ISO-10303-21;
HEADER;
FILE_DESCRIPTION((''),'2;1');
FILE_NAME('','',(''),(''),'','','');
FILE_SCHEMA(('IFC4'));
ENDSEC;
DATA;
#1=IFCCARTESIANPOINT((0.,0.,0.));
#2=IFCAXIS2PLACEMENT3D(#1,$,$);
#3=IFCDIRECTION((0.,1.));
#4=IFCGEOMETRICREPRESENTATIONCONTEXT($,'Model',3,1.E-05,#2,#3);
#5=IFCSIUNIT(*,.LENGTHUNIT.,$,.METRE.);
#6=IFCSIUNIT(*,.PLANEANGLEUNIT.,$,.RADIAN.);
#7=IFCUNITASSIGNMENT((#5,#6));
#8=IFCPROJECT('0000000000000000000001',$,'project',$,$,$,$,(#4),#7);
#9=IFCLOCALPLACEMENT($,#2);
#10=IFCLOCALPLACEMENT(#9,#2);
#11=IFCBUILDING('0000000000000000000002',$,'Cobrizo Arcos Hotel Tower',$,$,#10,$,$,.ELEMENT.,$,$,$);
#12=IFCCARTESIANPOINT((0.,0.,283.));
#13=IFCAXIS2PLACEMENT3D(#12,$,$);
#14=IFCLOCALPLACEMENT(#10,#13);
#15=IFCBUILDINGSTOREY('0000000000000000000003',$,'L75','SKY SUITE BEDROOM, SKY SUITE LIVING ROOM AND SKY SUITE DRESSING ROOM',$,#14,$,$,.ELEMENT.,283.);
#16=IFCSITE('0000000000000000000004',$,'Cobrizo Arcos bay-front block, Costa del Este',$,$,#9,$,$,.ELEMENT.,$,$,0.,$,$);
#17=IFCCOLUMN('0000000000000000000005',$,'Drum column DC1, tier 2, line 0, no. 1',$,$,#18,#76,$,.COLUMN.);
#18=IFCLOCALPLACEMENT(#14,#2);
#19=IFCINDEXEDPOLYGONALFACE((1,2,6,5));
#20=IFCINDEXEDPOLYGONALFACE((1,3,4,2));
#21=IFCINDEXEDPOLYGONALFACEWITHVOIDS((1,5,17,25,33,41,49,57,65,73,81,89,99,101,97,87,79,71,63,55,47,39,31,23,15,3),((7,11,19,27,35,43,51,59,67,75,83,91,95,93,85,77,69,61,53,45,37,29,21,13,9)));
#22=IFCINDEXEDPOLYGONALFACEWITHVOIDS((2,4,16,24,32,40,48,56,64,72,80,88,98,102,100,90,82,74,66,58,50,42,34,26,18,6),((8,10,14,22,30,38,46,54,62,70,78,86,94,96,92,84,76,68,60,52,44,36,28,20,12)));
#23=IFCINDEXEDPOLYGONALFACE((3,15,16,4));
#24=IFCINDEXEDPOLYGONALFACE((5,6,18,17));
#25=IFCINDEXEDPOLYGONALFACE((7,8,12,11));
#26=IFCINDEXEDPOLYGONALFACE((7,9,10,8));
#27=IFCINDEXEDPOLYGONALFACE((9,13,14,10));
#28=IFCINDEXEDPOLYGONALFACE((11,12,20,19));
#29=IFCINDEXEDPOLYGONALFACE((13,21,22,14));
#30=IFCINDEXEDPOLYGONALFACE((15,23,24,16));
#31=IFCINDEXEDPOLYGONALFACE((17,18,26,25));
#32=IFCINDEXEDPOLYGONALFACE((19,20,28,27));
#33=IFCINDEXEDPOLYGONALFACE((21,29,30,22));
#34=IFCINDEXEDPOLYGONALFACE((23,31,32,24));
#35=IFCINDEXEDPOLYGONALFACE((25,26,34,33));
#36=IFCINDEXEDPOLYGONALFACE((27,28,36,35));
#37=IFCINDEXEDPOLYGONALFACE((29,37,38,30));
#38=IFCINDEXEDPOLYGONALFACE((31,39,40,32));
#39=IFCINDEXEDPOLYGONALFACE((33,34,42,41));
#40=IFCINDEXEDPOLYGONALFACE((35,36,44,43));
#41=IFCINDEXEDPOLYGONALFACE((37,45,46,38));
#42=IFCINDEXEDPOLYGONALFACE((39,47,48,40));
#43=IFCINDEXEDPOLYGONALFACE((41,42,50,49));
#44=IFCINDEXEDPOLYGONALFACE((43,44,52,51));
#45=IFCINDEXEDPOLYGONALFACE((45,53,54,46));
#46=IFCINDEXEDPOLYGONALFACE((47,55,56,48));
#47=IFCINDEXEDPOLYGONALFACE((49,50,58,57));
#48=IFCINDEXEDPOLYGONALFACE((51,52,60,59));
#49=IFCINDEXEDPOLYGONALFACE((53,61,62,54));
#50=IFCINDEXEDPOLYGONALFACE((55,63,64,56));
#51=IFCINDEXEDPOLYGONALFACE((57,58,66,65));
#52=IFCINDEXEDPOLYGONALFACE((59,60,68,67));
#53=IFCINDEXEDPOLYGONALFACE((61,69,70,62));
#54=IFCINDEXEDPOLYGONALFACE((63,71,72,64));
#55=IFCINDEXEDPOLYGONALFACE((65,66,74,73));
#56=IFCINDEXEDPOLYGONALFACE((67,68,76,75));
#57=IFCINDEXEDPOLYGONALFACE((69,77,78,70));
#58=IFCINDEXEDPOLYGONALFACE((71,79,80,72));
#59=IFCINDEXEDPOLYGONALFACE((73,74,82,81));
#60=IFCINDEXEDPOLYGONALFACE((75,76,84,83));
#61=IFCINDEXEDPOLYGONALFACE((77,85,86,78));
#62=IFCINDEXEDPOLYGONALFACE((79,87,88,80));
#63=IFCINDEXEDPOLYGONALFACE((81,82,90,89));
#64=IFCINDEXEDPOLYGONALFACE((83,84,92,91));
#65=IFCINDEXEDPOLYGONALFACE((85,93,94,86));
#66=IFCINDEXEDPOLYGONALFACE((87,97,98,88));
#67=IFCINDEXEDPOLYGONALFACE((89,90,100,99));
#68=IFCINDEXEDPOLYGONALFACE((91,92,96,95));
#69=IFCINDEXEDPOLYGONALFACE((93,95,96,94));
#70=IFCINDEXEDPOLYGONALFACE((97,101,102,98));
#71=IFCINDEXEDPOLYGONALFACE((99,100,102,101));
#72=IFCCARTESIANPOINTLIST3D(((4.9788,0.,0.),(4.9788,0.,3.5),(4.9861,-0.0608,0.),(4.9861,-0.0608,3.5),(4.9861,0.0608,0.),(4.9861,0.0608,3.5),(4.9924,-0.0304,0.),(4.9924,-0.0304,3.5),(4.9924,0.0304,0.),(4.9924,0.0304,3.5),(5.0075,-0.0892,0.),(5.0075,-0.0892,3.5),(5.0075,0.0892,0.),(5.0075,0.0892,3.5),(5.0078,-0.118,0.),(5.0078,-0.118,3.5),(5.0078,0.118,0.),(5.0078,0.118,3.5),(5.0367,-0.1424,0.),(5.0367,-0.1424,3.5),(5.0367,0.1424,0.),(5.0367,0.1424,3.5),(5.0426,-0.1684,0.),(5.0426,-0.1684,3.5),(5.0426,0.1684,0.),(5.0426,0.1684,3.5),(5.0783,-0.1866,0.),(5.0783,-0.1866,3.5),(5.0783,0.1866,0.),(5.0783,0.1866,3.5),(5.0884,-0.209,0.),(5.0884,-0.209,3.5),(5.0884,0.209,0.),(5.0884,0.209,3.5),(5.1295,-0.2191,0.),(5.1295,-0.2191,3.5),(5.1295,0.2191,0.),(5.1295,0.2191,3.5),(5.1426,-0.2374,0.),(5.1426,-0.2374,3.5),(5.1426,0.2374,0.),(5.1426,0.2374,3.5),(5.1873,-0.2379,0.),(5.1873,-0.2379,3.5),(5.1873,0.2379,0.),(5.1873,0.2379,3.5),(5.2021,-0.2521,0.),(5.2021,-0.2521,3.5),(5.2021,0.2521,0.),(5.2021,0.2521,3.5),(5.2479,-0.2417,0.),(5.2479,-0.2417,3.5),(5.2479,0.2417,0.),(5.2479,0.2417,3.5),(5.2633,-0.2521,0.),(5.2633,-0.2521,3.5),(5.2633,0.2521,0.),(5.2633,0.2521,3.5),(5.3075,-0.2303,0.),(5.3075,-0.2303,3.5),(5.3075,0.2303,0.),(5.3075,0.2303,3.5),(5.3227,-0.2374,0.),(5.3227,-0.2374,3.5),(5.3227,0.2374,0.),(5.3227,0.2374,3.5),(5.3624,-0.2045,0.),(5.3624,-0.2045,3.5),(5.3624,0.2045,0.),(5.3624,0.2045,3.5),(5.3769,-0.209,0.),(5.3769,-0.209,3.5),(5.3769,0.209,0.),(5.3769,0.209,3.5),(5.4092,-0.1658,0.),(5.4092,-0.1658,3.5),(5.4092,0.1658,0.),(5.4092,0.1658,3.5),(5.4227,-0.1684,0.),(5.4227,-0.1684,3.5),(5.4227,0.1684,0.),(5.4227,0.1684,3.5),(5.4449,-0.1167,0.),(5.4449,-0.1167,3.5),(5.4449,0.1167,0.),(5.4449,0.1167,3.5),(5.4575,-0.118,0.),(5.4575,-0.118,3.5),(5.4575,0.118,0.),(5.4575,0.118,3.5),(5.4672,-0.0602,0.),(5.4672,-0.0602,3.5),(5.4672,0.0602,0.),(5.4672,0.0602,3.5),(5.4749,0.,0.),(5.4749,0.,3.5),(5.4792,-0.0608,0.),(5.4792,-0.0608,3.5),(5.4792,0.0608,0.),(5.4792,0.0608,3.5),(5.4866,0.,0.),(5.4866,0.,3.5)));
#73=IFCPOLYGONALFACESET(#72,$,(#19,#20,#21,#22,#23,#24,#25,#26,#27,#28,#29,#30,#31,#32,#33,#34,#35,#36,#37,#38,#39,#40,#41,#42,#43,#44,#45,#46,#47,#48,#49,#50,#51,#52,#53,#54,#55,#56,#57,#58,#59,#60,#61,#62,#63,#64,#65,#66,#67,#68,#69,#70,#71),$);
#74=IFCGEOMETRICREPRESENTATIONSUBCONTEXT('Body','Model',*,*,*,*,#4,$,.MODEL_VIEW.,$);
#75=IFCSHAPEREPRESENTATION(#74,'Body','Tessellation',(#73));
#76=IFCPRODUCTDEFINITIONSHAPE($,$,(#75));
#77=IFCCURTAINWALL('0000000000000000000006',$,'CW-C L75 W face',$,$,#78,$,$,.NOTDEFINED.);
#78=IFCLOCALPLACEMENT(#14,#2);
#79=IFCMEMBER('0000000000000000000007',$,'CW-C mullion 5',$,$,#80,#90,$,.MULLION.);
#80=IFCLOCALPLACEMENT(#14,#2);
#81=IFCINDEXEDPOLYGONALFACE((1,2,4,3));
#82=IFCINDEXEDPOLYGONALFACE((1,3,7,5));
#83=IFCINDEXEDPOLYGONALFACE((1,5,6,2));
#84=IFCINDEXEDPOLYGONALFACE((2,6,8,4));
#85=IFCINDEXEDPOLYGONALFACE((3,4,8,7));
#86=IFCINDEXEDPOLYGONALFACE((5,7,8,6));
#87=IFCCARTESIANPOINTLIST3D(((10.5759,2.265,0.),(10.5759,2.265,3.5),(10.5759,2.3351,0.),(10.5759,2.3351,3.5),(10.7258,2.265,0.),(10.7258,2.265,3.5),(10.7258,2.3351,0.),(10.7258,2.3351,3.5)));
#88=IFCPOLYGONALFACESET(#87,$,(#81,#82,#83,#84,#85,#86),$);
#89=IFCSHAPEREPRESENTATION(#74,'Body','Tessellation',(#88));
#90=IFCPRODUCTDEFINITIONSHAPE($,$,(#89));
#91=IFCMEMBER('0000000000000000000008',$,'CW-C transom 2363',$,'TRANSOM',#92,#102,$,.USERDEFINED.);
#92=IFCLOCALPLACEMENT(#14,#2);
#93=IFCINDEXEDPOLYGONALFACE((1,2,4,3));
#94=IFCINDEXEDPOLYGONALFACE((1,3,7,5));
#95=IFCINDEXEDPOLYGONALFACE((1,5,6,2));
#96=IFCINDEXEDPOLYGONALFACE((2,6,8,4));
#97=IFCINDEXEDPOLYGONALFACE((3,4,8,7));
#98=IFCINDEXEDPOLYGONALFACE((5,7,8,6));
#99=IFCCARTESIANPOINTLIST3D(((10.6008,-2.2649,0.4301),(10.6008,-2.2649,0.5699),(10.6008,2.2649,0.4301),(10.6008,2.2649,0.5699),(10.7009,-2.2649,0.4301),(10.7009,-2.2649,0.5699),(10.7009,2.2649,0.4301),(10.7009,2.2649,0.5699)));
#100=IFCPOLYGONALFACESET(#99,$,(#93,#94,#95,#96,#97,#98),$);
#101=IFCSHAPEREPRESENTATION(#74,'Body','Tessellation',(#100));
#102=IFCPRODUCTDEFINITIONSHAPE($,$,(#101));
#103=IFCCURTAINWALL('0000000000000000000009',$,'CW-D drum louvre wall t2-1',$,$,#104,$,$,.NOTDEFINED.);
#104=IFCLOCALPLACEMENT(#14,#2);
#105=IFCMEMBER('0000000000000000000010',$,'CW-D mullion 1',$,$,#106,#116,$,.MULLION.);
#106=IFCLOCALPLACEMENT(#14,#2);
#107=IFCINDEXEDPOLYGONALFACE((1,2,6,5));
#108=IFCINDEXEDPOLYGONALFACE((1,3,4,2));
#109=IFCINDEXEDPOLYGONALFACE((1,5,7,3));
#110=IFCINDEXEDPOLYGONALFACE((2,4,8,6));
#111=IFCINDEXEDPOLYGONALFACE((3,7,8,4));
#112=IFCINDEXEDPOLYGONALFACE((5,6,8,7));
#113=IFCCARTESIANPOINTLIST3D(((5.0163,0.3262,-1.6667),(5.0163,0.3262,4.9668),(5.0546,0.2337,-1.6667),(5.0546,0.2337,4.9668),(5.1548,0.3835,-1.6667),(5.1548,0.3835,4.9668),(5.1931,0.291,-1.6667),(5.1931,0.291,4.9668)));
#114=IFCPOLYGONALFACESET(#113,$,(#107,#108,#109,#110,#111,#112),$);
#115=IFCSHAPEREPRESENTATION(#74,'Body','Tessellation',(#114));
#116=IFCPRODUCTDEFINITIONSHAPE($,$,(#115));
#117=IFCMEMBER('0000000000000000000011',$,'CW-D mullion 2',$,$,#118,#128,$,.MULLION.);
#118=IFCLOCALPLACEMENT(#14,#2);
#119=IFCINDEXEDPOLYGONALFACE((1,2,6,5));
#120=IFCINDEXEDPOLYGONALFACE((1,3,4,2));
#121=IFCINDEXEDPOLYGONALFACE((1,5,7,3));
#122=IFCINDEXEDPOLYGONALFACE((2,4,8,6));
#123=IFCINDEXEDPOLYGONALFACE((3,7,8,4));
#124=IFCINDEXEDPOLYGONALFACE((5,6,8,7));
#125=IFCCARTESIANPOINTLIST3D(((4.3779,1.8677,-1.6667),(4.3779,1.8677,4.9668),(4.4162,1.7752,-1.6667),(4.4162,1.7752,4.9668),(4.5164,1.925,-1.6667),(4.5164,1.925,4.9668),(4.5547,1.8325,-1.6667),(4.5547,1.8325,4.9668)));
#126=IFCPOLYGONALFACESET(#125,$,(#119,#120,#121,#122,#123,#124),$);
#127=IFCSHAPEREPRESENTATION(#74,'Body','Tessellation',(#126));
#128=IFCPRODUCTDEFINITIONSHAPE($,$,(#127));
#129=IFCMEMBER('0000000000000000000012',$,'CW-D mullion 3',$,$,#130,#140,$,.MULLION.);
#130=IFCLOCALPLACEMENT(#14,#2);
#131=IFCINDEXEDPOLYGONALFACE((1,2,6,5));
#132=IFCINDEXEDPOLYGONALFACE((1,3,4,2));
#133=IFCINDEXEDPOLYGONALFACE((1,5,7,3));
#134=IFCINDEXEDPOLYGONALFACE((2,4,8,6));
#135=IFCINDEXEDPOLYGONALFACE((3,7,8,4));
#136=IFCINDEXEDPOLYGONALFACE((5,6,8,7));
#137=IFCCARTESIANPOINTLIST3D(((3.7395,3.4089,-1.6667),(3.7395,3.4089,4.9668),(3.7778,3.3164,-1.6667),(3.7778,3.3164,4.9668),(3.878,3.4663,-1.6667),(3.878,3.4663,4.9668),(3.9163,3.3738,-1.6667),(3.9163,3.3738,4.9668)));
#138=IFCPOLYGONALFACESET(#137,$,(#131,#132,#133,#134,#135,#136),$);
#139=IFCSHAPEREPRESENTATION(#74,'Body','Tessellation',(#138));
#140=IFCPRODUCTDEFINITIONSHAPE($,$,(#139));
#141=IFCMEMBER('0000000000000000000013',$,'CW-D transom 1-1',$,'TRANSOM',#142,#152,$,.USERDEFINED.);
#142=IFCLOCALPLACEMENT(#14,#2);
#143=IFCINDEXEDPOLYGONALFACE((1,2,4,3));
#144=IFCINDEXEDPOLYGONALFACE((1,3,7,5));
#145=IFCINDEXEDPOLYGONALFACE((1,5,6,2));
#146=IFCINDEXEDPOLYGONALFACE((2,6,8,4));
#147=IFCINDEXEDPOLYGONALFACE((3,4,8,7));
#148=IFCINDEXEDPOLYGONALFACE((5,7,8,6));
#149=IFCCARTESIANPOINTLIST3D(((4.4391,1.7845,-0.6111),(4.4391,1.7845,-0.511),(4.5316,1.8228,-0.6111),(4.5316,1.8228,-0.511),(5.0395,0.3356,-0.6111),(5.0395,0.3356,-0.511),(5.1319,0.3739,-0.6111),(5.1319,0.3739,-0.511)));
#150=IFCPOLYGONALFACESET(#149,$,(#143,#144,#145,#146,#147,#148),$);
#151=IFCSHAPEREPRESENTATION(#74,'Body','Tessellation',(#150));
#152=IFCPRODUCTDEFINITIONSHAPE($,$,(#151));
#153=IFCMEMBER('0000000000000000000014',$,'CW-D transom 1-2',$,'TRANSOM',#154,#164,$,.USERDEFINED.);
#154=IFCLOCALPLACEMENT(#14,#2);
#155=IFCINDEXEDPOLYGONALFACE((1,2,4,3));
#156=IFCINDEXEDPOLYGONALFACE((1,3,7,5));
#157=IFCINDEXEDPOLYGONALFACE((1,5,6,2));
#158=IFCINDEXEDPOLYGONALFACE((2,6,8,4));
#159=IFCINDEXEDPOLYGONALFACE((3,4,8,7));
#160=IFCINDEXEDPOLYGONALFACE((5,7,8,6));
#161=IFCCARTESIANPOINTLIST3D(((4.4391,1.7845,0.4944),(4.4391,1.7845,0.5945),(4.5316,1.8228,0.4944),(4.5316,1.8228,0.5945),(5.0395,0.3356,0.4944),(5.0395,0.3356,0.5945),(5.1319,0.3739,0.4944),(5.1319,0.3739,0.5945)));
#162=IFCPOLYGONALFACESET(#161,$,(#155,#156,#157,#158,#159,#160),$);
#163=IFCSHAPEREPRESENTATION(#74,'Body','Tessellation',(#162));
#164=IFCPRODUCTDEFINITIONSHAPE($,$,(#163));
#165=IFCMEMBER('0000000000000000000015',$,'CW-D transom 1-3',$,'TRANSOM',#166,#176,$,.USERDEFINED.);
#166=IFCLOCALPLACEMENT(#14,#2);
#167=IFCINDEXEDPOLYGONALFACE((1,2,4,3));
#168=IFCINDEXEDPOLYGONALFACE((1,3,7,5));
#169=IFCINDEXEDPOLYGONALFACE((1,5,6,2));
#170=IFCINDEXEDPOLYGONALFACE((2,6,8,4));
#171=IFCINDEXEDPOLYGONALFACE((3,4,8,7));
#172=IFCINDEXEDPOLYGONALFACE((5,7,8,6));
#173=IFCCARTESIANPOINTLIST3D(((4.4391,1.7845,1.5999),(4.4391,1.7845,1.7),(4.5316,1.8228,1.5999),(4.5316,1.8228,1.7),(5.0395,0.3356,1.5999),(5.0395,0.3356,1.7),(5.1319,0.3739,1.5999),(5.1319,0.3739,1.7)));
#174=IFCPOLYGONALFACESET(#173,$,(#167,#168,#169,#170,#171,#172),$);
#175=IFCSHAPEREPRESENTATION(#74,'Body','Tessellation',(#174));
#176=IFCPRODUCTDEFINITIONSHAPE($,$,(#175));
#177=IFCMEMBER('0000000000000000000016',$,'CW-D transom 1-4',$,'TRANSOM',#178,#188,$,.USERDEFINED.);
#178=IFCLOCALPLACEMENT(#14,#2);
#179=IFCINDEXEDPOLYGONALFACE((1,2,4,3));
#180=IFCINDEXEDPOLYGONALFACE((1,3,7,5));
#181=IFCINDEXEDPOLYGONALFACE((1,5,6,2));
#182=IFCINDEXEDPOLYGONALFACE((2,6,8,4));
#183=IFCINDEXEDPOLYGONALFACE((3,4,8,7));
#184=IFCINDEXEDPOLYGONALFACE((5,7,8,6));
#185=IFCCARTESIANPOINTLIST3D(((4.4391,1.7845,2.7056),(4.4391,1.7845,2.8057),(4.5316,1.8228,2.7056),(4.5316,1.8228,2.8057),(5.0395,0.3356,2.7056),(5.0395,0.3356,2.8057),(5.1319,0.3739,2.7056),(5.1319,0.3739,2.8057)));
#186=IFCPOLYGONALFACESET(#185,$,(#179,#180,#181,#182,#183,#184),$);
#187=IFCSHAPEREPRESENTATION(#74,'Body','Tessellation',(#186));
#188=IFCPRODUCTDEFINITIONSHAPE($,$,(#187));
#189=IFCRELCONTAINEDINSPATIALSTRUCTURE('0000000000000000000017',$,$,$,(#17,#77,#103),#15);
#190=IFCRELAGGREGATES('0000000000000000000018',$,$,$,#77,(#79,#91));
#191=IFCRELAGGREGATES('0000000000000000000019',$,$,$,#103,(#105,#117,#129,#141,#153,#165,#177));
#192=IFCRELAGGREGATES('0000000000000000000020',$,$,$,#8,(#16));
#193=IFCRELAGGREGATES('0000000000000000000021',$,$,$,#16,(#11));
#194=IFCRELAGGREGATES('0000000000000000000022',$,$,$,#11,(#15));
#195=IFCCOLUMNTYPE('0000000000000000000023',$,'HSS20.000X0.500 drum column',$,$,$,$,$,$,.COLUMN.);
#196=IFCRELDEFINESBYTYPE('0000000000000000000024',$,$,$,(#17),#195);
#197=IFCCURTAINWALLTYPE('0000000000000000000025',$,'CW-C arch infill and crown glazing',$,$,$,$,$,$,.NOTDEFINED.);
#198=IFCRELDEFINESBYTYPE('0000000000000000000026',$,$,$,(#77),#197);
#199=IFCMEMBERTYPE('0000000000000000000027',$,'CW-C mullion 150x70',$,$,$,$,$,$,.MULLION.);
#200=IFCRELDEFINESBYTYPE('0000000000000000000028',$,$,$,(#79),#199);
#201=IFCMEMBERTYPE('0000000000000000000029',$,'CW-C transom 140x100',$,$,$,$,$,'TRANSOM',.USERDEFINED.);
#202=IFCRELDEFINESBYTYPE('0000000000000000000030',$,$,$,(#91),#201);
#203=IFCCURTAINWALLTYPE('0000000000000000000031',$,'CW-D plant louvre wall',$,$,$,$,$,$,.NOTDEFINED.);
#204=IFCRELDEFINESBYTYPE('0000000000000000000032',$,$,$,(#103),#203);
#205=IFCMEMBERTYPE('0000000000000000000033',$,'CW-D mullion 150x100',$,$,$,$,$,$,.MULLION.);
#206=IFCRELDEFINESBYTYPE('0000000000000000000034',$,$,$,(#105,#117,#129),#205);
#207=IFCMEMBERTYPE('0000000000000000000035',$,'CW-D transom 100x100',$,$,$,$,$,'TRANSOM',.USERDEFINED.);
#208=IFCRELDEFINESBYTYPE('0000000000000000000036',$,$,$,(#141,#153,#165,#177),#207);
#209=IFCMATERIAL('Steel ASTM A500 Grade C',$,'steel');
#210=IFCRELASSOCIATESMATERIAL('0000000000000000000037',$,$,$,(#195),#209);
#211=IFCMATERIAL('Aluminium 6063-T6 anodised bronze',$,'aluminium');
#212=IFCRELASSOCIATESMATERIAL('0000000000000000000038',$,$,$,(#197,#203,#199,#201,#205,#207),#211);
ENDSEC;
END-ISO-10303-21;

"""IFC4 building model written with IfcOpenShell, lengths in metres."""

from ifc_helpers import new_model, si_unit, direction, frame, origin, origin_2d, place, context, subcontext, project, spatial, rectangle, hollow_circle, extrude, material, material_profile, profile_set, type_object, element, aggregate, save


model = new_model("IFC4")

# Units and contexts
model_context = context("Model", 3, precision=1e-05, world=origin(), true_north=direction((0.0, 1.0)))
body_context = subcontext(model_context, "Body", "Model", "MODEL_VIEW")
ifc_project = project(units=[si_unit("LENGTHUNIT", "METRE"), si_unit("PLANEANGLEUNIT", "RADIAN")], contexts=[model_context])

# Site, building, storey
site_placement = place(None, origin())
site = spatial("IfcSite", under=ifc_project, at=site_placement, Name="Cobrizo Arcos bay-front block, Costa del Este", CompositionType="ELEMENT", RefElevation=0.0)
building_placement = place(site_placement, origin())
building = spatial("IfcBuilding", under=site, at=building_placement, Name="Cobrizo Arcos Hotel Tower", CompositionType="ELEMENT")
storey_placement = place(building_placement, frame((0.0, 0.0, 283.0)))
storey = spatial("IfcBuildingStorey", under=building, at=storey_placement, Name="L75", Description="SKY SUITE BEDROOM, SKY SUITE LIVING ROOM AND SKY SUITE DRESSING ROOM", CompositionType="ELEMENT", Elevation=283.0)

# Column
ifc_material_1 = material(Name="Steel ASTM A500 Grade C", Category="steel")
ifc_material_profile_1 = material_profile(ifc_material_1, hollow_circle(Radius=0.2539, WallThickness=0.0117, at=origin_2d()), Name="HSS20.000X0.500")
ifc_profile_set_1 = profile_set([ifc_material_profile_1], Name="Steel ASTM A500 Grade C")
column_type = type_object("IfcColumnType", Name="HSS20.000X0.500 drum column", PredefinedType="COLUMN", material=ifc_profile_set_1)
column_placement = place(storey_placement, frame((5.2327, 0.0, 0.0), z_axis=(0.0, 0.0, 1.0), x_axis=(1.0, 0.0, 0.0)))
element("IfcColumn", 1, at=column_placement, inside=storey, type_object=column_type, Name="Drum column DC1, tier 2, line 0, no. 1", PredefinedType="COLUMN", context=body_context, shape_type="SweptSolid", body=[
    extrude(hollow_circle(Radius=0.2539, WallThickness=0.0117, at=origin_2d()), origin(), (0.0, 0.0, 1.0), 3.5),
])

# Curtain walls, members
ifc_material_2 = material(Name="Aluminium 6063-T6 anodised bronze", Category="aluminium")
curtain_wall_type_1 = type_object("IfcCurtainWallType", Name="CW-C arch infill and crown glazing", PredefinedType="NOTDEFINED", material=ifc_material_2)
curtain_wall_1_placement = place(storey_placement, origin())
curtain_wall_1 = element("IfcCurtainWall", 2, at=curtain_wall_1_placement, inside=storey, type_object=curtain_wall_type_1, Name="CW-C L75 W face", PredefinedType="NOTDEFINED")
ifc_material_profile_2 = material_profile(ifc_material_2, rectangle(XDim=0.1499, YDim=0.0701, at=origin_2d()), Name="CW-C mullion 150x70")
ifc_profile_set_2 = profile_set([ifc_material_profile_2], Name="Aluminium 6063-T6 anodised bronze")
member_type_1 = type_object("IfcMemberType", Name="CW-C mullion 150x70", PredefinedType="MULLION", material=ifc_profile_set_2)
member_1_placement = place(storey_placement, frame((10.6509, 2.3, 0.0), z_axis=(0.0, 0.0, 1.0), x_axis=(-1.0, 0.0, 0.0)))
member_1 = element("IfcMember", 3, at=member_1_placement, type_object=member_type_1, Name="CW-C mullion 5", PredefinedType="MULLION", context=body_context, shape_type="SweptSolid", body=[
    extrude(rectangle(XDim=0.1499, YDim=0.0701, at=origin_2d()), origin(), (0.0, 0.0, 1.0), 3.5),
])
ifc_material_profile_3 = material_profile(ifc_material_2, rectangle(XDim=0.1001, YDim=0.1399, at=origin_2d()), Name="CW-C transom 140x100")
ifc_profile_set_3 = profile_set([ifc_material_profile_3], Name="Aluminium 6063-T6 anodised bronze")
member_type_2 = type_object("IfcMemberType", Name="CW-C transom 140x100", ElementType="TRANSOM", PredefinedType="USERDEFINED", material=ifc_profile_set_3)
member_2_placement = place(storey_placement, frame((10.6509, 2.2649, 0.5), z_axis=(0.0, -1.0, 0.0), x_axis=(1.0, 0.0, 0.0)))
member_2 = element("IfcMember", 4, at=member_2_placement, type_object=member_type_2, Name="CW-C transom 2363", ObjectType="TRANSOM", PredefinedType="USERDEFINED", context=body_context, shape_type="SweptSolid", body=[
    extrude(rectangle(XDim=0.1001, YDim=0.1399, at=origin_2d()), origin(), (0.0, 0.0, 1.0), 4.5298),
])
curtain_wall_type_2 = type_object("IfcCurtainWallType", Name="CW-D plant louvre wall", PredefinedType="NOTDEFINED", material=ifc_material_2)
curtain_wall_2_placement = place(storey_placement, origin())
curtain_wall_2 = element("IfcCurtainWall", 5, at=curtain_wall_2_placement, inside=storey, type_object=curtain_wall_type_2, Name="CW-D drum louvre wall t2-1", PredefinedType="NOTDEFINED")
ifc_material_profile_4 = material_profile(ifc_material_2, rectangle(XDim=0.1499, YDim=0.1001, at=origin_2d()), Name="CW-D mullion 150x100")
ifc_profile_set_4 = profile_set([ifc_material_profile_4], Name="Aluminium 6063-T6 anodised bronze")
member_type_3 = type_object("IfcMemberType", Name="CW-D mullion 150x100", PredefinedType="MULLION", material=ifc_profile_set_4)
member_3_placement = place(storey_placement, frame((5.1047, 0.3086, -1.6667), z_axis=(0.0, 0.0, 1.0), x_axis=(0.92388, 0.382683, 0.0)))
member_3 = element("IfcMember", 6, at=member_3_placement, type_object=member_type_3, Name="CW-D mullion 1", PredefinedType="MULLION", context=body_context, shape_type="SweptSolid", body=[
    extrude(rectangle(XDim=0.1499, YDim=0.1001, at=origin_2d()), origin(), (0.0, 0.0, 1.0), 6.6335),
])
member_4_placement = place(storey_placement, frame((4.4663, 1.8501, -1.6667), z_axis=(0.0, 0.0, 1.0), x_axis=(0.92388, 0.382683, 0.0)))
member_4 = element("IfcMember", 7, at=member_4_placement, type_object=member_type_3, Name="CW-D mullion 2", PredefinedType="MULLION", context=body_context, shape_type="SweptSolid", body=[
    extrude(rectangle(XDim=0.1499, YDim=0.1001, at=origin_2d()), origin(), (0.0, 0.0, 1.0), 6.6335),
])
member_5_placement = place(storey_placement, frame((3.8279, 3.3914, -1.6667), z_axis=(0.0, 0.0, 1.0), x_axis=(0.92388, 0.382683, 0.0)))
member_5 = element("IfcMember", 8, at=member_5_placement, type_object=member_type_3, Name="CW-D mullion 3", PredefinedType="MULLION", context=body_context, shape_type="SweptSolid", body=[
    extrude(rectangle(XDim=0.1499, YDim=0.1001, at=origin_2d()), origin(), (0.0, 0.0, 1.0), 6.6335),
])
ifc_material_profile_5 = material_profile(ifc_material_2, rectangle(XDim=0.1001, YDim=0.1001, at=origin_2d()), Name="CW-D transom 100x100")
ifc_profile_set_5 = profile_set([ifc_material_profile_5], Name="Aluminium 6063-T6 anodised bronze")
member_type_4 = type_object("IfcMemberType", Name="CW-D transom 100x100", ElementType="TRANSOM", PredefinedType="USERDEFINED", material=ifc_profile_set_5)
member_6_placement = place(storey_placement, frame((5.0857, 0.3547, -0.561), z_axis=(-0.382769, 0.923844, 0.0), x_axis=(-0.923844, -0.382769, 0.0)))
member_6 = element("IfcMember", 9, at=member_6_placement, type_object=member_type_4, Name="CW-D transom 1-1", ObjectType="TRANSOM", PredefinedType="USERDEFINED", context=body_context, shape_type="SweptSolid", body=[
    extrude(rectangle(XDim=0.1001, YDim=0.1001, at=origin_2d()), origin(), (0.0, 0.0, 1.0), 1.5684),
])
member_7_placement = place(storey_placement, frame((5.0857, 0.3547, 0.5444), z_axis=(-0.382769, 0.923844, 0.0), x_axis=(-0.923844, -0.382769, 0.0)))
member_7 = element("IfcMember", 10, at=member_7_placement, type_object=member_type_4, Name="CW-D transom 1-2", ObjectType="TRANSOM", PredefinedType="USERDEFINED", context=body_context, shape_type="SweptSolid", body=[
    extrude(rectangle(XDim=0.1001, YDim=0.1001, at=origin_2d()), origin(), (0.0, 0.0, 1.0), 1.5684),
])
member_8_placement = place(storey_placement, frame((5.0857, 0.3547, 1.6499), z_axis=(-0.382769, 0.923844, 0.0), x_axis=(-0.923844, -0.382769, 0.0)))
member_8 = element("IfcMember", 11, at=member_8_placement, type_object=member_type_4, Name="CW-D transom 1-3", ObjectType="TRANSOM", PredefinedType="USERDEFINED", context=body_context, shape_type="SweptSolid", body=[
    extrude(rectangle(XDim=0.1001, YDim=0.1001, at=origin_2d()), origin(), (0.0, 0.0, 1.0), 1.5684),
])
member_9_placement = place(storey_placement, frame((5.0857, 0.3547, 2.7556), z_axis=(-0.382769, 0.923844, 0.0), x_axis=(-0.923844, -0.382769, 0.0)))
member_9 = element("IfcMember", 12, at=member_9_placement, type_object=member_type_4, Name="CW-D transom 1-4", ObjectType="TRANSOM", PredefinedType="USERDEFINED", context=body_context, shape_type="SweptSolid", body=[
    extrude(rectangle(XDim=0.1001, YDim=0.1001, at=origin_2d()), origin(), (0.0, 0.0, 1.0), 1.5684),
])

aggregate(curtain_wall_1, [member_1, member_2])
aggregate(curtain_wall_2, [member_3, member_4, member_5, member_6, member_7, member_8, member_9])

save(model, "model.ifc")
